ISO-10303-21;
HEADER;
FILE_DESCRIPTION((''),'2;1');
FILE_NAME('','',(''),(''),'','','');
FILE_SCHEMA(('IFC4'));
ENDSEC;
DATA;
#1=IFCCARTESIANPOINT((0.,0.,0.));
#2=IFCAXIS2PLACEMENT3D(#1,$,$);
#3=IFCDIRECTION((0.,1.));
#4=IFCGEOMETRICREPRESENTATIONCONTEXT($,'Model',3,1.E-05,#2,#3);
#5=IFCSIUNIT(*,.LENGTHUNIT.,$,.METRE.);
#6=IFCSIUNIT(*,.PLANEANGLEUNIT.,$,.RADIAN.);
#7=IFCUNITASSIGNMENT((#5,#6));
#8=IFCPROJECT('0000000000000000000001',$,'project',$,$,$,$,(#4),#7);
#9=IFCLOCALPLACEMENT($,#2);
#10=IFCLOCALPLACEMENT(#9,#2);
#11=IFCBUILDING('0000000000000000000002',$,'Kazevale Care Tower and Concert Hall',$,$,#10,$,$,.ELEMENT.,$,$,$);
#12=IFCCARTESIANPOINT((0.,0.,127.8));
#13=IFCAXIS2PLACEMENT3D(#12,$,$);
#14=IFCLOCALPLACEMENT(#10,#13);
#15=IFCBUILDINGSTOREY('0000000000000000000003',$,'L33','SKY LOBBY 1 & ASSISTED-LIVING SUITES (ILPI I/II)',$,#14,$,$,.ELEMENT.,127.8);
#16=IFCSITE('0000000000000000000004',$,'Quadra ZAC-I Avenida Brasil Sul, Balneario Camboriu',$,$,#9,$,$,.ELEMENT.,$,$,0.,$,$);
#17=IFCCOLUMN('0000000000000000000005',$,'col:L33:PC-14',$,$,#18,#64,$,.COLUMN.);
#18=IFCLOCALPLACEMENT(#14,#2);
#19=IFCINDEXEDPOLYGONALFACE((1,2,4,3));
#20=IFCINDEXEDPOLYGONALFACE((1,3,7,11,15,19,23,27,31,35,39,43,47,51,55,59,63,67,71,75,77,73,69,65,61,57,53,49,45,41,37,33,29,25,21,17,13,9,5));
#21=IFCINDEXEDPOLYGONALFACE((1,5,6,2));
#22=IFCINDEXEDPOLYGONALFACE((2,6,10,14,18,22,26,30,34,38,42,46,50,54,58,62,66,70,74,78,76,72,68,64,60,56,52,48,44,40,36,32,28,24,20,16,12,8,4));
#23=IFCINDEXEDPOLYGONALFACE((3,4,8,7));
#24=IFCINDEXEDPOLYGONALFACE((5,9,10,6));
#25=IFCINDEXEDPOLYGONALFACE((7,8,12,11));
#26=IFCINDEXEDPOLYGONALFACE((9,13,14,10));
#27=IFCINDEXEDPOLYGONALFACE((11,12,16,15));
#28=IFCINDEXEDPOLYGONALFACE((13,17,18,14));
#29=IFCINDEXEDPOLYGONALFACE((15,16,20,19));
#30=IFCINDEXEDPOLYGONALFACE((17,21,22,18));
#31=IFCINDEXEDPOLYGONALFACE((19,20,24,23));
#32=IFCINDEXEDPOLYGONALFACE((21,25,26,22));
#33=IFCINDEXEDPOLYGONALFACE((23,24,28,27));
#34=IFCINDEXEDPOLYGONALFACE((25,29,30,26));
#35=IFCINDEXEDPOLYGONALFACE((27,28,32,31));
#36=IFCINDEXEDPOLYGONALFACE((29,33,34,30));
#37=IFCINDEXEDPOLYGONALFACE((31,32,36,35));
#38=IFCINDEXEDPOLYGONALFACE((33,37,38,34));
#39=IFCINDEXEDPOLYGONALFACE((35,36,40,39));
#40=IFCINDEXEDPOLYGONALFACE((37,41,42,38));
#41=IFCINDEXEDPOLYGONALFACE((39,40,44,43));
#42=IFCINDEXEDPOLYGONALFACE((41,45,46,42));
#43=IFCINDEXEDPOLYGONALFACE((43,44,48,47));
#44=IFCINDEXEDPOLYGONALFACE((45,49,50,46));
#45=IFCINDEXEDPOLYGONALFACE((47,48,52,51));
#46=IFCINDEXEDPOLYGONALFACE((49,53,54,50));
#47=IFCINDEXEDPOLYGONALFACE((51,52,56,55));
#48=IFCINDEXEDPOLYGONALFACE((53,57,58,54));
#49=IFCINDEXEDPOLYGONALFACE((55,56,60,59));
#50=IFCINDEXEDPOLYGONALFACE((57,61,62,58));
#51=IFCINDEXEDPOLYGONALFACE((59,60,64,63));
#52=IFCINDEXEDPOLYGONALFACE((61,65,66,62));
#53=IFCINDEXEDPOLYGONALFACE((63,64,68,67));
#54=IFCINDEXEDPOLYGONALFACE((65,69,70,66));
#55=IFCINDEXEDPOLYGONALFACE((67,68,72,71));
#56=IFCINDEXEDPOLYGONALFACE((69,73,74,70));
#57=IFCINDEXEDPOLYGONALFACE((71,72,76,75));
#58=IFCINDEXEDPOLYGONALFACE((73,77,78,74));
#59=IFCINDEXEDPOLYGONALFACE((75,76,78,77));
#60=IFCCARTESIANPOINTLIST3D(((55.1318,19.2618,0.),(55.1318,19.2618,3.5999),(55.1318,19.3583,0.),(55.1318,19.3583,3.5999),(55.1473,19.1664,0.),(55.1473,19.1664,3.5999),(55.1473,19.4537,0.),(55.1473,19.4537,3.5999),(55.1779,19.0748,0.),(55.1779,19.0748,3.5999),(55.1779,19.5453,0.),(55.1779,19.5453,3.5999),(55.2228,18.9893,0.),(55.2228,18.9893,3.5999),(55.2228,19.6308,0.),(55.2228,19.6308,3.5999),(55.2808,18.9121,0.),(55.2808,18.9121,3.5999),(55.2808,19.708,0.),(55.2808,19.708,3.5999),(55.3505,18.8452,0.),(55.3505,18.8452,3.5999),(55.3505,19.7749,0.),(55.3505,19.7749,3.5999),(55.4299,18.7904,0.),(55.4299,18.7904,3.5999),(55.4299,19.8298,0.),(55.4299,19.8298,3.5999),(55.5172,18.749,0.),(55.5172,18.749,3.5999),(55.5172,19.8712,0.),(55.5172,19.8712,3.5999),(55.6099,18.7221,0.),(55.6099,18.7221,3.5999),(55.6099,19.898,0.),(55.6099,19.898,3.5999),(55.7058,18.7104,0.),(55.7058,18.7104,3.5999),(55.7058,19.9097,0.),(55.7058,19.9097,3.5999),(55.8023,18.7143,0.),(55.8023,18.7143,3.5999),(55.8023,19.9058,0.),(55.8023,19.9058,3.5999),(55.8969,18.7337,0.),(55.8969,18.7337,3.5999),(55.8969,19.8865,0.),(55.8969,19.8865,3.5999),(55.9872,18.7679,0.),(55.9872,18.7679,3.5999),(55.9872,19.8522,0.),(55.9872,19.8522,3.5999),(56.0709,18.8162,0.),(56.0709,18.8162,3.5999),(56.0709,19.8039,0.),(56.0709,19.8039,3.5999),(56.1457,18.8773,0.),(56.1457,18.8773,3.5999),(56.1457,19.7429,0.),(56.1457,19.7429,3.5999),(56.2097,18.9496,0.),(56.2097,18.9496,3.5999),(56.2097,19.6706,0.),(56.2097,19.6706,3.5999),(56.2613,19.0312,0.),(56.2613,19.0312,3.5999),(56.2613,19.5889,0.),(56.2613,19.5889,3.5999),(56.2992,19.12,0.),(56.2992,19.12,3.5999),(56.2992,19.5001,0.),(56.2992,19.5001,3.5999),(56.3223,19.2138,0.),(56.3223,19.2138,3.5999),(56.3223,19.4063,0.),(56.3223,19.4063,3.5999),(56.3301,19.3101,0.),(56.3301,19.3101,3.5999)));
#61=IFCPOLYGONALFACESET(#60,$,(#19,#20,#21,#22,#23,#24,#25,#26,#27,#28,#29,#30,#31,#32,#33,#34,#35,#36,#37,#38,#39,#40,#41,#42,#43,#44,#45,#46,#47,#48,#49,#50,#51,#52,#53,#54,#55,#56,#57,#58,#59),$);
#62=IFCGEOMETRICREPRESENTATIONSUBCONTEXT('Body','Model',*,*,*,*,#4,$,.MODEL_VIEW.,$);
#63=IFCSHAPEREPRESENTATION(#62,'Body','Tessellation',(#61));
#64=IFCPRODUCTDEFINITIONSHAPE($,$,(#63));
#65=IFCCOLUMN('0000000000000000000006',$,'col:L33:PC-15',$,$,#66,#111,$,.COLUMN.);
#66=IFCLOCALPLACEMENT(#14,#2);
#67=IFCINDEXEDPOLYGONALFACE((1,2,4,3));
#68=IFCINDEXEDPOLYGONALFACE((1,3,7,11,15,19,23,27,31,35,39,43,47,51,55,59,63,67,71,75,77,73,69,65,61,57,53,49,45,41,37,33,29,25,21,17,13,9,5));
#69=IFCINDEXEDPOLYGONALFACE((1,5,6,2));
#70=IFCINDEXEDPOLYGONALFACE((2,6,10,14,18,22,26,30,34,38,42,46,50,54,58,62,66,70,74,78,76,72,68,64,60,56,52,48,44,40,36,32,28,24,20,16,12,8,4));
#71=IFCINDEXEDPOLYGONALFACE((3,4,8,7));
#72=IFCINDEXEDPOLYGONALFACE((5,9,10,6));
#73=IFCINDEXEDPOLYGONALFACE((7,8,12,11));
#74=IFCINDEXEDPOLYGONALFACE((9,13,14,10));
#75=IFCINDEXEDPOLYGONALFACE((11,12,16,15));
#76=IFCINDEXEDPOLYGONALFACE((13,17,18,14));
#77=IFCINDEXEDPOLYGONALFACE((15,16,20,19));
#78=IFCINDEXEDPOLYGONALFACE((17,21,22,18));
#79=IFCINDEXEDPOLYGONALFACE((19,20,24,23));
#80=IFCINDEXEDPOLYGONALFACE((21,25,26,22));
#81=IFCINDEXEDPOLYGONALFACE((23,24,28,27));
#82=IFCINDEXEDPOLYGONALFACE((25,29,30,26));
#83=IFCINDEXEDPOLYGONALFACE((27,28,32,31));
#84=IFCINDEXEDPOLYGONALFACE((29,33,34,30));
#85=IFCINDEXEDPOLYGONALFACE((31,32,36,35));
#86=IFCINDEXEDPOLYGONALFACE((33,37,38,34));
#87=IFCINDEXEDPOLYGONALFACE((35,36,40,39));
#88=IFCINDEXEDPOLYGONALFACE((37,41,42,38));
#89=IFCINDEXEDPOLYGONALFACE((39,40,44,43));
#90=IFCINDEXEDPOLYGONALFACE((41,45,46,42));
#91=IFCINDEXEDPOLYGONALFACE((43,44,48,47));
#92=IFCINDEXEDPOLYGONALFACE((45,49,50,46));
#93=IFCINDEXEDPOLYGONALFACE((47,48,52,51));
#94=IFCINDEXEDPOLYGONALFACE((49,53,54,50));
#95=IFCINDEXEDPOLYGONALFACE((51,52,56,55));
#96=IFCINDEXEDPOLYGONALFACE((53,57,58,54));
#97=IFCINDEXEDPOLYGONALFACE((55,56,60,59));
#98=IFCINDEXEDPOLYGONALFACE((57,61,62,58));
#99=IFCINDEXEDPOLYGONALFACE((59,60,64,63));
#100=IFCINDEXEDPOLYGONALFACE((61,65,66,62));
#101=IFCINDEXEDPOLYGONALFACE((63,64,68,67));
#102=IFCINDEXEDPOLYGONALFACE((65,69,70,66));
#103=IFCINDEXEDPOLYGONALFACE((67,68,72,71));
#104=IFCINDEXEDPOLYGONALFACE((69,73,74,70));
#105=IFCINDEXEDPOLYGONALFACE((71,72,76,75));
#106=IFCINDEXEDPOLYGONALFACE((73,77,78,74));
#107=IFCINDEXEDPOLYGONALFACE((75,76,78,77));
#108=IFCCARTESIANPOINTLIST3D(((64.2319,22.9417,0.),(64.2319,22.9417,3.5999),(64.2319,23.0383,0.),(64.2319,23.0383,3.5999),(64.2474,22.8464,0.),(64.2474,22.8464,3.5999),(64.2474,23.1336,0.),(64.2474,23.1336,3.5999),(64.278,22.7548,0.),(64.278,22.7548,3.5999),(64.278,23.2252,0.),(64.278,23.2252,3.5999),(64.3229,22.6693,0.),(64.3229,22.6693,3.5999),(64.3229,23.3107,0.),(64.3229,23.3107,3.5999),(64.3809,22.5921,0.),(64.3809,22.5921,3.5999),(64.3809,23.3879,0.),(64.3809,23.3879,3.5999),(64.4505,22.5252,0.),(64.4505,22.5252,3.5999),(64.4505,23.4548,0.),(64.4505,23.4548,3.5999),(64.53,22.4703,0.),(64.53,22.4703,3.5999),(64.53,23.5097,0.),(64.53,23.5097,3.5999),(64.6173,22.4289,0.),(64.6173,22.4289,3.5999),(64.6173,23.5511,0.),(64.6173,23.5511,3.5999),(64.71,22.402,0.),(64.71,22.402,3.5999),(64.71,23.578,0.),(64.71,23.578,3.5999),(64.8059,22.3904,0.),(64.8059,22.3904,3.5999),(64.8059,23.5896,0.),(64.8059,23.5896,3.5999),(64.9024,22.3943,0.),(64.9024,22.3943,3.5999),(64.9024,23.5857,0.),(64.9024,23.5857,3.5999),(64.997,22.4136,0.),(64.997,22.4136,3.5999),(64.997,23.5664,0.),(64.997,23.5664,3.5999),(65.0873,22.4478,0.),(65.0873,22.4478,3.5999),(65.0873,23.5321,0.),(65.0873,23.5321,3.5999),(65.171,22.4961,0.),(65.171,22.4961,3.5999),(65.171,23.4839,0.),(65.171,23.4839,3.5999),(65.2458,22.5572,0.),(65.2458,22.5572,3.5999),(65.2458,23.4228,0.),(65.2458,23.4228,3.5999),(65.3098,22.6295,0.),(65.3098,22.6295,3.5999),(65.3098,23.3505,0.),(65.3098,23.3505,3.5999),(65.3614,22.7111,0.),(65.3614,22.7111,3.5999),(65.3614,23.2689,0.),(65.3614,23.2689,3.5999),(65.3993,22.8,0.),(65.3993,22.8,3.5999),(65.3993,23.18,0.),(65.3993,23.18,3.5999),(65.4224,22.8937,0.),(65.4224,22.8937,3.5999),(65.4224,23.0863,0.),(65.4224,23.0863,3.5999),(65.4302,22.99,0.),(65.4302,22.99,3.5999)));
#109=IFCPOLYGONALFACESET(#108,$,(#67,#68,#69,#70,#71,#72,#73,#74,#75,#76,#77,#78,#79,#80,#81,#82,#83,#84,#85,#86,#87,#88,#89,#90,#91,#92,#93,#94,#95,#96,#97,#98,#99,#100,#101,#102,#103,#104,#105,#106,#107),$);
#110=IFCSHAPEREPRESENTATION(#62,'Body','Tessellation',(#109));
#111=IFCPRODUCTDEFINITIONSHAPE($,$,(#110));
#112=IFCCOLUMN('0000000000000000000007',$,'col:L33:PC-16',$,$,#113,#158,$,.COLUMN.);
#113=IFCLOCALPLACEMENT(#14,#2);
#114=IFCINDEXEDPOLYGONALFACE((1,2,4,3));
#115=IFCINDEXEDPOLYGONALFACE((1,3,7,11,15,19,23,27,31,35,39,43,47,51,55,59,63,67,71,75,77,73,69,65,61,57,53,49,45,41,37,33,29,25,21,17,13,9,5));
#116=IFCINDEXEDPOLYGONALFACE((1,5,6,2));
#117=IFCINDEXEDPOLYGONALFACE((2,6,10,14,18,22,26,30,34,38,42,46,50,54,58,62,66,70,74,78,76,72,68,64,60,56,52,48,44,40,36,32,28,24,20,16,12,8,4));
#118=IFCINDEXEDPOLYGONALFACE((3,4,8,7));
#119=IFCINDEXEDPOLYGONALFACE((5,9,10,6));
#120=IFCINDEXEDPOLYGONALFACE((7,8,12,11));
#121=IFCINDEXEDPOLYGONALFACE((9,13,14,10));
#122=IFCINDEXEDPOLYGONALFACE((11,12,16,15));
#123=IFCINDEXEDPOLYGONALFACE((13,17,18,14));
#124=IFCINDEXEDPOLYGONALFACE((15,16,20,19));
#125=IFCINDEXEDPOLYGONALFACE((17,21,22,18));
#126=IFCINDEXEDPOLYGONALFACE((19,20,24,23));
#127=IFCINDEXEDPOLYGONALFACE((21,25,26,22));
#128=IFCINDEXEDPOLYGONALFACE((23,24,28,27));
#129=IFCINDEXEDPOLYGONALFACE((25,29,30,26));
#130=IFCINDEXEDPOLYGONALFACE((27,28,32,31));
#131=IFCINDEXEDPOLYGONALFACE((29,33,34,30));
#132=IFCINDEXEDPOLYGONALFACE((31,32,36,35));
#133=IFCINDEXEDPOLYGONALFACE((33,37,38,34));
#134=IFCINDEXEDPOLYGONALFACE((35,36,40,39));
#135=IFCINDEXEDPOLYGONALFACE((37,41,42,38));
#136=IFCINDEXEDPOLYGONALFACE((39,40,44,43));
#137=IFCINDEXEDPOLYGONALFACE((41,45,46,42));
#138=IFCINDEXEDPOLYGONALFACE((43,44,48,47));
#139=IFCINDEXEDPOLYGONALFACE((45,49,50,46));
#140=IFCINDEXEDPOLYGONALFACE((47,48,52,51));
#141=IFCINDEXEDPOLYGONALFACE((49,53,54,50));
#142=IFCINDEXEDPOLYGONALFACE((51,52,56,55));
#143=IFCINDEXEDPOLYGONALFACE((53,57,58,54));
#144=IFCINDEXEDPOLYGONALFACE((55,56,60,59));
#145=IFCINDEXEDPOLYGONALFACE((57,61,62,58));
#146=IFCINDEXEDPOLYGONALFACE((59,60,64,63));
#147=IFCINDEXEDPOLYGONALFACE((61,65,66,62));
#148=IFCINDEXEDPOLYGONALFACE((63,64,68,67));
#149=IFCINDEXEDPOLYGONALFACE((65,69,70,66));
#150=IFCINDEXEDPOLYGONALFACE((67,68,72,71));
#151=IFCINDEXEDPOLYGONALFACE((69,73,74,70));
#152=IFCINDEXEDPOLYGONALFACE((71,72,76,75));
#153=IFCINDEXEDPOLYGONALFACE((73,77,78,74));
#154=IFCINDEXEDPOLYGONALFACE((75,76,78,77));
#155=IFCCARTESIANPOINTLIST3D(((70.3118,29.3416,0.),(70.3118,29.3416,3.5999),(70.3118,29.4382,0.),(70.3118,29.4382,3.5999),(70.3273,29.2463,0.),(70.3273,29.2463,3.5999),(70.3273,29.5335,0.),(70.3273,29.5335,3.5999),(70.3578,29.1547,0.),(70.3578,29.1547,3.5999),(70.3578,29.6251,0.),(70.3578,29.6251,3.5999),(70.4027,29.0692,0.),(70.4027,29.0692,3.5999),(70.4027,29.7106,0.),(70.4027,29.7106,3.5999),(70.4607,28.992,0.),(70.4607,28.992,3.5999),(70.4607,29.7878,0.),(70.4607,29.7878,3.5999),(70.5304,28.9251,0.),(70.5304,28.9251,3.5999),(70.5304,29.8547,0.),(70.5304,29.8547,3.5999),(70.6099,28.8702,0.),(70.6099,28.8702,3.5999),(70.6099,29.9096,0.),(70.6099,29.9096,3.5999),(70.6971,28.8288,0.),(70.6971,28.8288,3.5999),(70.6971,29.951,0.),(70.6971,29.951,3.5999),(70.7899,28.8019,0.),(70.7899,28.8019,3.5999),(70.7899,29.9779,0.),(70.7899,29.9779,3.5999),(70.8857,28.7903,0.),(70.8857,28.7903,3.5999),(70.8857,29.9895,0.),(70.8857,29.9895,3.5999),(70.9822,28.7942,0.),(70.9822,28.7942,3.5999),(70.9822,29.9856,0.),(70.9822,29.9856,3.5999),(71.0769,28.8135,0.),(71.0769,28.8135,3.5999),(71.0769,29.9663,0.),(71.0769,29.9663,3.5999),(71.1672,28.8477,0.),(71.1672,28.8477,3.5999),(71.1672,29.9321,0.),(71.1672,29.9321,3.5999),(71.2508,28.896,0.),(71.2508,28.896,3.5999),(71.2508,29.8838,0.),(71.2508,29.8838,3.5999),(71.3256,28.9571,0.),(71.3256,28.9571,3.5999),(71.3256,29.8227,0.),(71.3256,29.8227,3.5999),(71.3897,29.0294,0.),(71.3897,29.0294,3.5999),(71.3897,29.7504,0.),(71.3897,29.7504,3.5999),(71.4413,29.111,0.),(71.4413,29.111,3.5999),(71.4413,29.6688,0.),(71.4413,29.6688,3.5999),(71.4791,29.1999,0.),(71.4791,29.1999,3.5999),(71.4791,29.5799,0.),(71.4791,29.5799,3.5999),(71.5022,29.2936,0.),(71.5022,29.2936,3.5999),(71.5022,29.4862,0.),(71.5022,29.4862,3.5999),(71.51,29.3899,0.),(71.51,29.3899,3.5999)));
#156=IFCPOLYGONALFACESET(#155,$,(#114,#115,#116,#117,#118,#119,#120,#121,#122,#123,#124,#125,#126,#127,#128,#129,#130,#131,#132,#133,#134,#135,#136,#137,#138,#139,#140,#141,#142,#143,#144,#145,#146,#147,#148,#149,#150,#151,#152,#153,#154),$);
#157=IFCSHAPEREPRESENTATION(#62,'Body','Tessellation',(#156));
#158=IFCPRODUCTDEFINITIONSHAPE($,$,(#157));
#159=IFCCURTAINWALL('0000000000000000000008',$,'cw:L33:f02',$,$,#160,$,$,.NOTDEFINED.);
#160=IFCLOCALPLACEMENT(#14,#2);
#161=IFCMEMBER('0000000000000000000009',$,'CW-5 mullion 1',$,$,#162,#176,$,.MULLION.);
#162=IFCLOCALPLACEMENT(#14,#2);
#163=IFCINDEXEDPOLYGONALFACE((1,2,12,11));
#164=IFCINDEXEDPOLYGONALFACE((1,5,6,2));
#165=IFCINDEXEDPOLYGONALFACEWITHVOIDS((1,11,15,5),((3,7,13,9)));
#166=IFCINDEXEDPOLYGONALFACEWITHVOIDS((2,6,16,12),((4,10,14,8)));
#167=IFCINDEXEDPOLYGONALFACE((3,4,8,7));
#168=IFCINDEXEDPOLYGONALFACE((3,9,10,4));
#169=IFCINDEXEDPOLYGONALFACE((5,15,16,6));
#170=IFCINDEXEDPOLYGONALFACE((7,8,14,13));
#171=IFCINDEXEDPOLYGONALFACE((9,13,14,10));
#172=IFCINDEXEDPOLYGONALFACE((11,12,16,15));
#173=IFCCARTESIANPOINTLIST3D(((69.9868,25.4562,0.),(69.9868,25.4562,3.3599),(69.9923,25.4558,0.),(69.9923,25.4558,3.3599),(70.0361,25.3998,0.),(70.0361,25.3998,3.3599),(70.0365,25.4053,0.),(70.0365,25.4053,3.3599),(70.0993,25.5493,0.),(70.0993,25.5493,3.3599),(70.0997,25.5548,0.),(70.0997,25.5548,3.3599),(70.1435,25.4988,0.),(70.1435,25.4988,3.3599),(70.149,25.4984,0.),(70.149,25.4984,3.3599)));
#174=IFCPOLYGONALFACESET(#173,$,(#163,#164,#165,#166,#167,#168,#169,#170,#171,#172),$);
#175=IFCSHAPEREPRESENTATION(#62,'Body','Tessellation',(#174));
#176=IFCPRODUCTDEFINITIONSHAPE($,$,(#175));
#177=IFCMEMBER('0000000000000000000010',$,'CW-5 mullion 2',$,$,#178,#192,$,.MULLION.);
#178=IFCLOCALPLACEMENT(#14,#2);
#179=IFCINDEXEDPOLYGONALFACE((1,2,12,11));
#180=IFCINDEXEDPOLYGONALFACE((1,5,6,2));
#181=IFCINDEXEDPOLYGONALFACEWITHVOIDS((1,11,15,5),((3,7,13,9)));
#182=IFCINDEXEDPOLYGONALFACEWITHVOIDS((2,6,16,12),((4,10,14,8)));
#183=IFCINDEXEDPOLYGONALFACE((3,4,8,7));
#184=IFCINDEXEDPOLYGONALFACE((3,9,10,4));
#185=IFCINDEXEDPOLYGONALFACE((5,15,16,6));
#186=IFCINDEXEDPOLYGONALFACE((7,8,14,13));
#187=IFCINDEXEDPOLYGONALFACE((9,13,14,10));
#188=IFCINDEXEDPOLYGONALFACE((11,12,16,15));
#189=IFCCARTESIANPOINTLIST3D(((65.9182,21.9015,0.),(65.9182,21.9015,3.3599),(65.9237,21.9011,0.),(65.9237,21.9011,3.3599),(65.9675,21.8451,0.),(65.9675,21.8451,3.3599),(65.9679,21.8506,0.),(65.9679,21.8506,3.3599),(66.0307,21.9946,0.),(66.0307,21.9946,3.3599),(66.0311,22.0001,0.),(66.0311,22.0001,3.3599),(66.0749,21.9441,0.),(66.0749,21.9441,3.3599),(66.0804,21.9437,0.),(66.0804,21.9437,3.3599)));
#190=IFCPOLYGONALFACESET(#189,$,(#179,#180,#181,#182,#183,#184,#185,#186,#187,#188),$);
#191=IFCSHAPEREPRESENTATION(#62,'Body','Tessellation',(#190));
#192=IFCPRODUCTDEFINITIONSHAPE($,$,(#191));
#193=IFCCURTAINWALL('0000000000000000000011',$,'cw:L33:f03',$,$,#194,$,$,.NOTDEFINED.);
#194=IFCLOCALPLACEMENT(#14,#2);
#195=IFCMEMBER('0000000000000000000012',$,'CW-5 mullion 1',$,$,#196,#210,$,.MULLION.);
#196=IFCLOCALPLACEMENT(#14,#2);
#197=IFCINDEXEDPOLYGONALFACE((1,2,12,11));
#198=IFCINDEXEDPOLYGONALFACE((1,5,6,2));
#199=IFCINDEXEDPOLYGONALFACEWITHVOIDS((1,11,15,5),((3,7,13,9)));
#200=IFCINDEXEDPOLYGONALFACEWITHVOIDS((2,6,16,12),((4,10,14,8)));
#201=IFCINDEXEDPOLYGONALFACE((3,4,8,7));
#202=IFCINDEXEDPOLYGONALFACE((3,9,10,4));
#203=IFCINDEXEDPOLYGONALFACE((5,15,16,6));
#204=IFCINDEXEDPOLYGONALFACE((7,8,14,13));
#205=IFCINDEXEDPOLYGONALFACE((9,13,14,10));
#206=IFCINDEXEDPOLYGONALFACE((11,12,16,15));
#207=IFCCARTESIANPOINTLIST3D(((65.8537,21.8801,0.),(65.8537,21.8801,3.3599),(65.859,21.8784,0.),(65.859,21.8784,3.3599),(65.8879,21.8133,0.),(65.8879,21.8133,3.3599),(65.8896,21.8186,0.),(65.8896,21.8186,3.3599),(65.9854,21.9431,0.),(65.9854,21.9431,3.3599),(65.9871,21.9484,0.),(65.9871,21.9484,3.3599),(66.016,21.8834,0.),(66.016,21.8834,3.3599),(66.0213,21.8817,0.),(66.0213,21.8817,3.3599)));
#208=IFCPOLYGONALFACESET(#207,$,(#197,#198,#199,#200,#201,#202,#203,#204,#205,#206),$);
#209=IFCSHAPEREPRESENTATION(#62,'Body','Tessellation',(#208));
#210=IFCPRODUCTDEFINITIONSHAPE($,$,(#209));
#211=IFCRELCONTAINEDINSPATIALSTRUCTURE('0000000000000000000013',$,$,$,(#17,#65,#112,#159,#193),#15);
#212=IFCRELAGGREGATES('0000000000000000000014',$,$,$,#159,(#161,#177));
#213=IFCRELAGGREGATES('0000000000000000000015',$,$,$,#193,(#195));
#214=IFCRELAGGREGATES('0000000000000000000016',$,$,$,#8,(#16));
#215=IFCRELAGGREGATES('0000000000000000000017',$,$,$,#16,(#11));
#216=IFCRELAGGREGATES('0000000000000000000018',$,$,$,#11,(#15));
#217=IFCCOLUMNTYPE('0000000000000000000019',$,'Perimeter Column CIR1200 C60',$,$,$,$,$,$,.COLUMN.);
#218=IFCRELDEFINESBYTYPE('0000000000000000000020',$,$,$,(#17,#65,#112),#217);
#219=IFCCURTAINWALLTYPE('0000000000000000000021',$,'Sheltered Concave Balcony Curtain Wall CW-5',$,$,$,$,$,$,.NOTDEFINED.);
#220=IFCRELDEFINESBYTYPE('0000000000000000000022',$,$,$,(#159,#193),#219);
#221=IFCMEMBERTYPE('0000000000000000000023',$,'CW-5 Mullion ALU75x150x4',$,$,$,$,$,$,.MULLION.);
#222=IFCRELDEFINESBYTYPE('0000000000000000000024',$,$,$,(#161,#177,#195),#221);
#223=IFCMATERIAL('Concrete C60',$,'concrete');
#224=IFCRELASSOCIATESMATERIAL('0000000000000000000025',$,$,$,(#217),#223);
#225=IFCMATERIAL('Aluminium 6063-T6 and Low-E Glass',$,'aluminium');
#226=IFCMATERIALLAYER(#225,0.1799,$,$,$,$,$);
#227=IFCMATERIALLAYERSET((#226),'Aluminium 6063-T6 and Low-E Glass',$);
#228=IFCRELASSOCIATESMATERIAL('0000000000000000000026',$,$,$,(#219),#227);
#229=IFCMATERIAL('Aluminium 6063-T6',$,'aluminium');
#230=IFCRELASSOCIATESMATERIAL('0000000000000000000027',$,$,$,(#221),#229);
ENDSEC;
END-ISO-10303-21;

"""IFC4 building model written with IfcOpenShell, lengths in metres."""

from ifc_helpers import new_model, si_unit, direction, frame, origin, origin_2d, place, context, subcontext, project, spatial, hollow_rectangle, circle, extrude, material, layer, layer_set, material_profile, profile_set, type_object, element, aggregate, save


model = new_model("IFC4")

# Units and contexts
model_context = context("Model", 3, precision=1e-05, world=origin(), true_north=direction((0.0, 1.0)))
body_context = subcontext(model_context, "Body", "Model", "MODEL_VIEW")
ifc_project = project(units=[si_unit("LENGTHUNIT", "METRE"), si_unit("PLANEANGLEUNIT", "RADIAN")], contexts=[model_context])

# Site, building, storey
site_placement = place(None, origin())
site = spatial("IfcSite", under=ifc_project, at=site_placement, Name="Quadra ZAC-I Avenida Brasil Sul, Balneario Camboriu", CompositionType="ELEMENT", RefElevation=0.0)
building_placement = place(site_placement, origin())
building = spatial("IfcBuilding", under=site, at=building_placement, Name="Kazevale Care Tower and Concert Hall", CompositionType="ELEMENT")
storey_placement = place(building_placement, frame((0.0, 0.0, 127.8)))
storey = spatial("IfcBuildingStorey", under=building, at=storey_placement, Name="L33", Description="SKY LOBBY 1 & ASSISTED-LIVING SUITES (ILPI I/II)", CompositionType="ELEMENT", Elevation=127.8)

# Columns
ifc_material_1 = material(Name="Concrete C60", Category="concrete")
ifc_material_profile_1 = material_profile(ifc_material_1, circle(Radius=0.6001, at=origin_2d()), Name="RC-CIR1200")
ifc_profile_set_1 = profile_set([ifc_material_profile_1], Name="Concrete C60")
column_type = type_object("IfcColumnType", Name="Perimeter Column CIR1200 C60", PredefinedType="COLUMN", material=ifc_profile_set_1)
for number, where, z_axis, x_axis, name in (
    (1, (55.73, 19.3101, 0.0), (0.0, 0.0, 1.0), (1.0, 0.0, 0.0), "col:L33:PC-14"),
    (2, (64.8301, 22.99, 0.0), (0.0, 0.0, 1.0), (1.0, 0.0, 0.0), "col:L33:PC-15"),
    (3, (70.9099, 29.3899, 0.0), (0.0, 0.0, 1.0), (1.0, 0.0, 0.0), "col:L33:PC-16"),
):
    element("IfcColumn", number, at=place(storey_placement, frame(where, z_axis=z_axis, x_axis=x_axis)), inside=storey, type_object=column_type, Name=name, PredefinedType="COLUMN", context=body_context, shape_type="SweptSolid", body=[
        extrude(circle(Radius=0.6001, at=origin_2d()), origin(), (0.0, 0.0, 1.0), 3.5999),
    ])

# Curtain walls, members
ifc_material_2 = material(Name="Aluminium 6063-T6 and Low-E Glass", Category="aluminium")
ifc_layer_1 = layer(ifc_material_2, 0.1799)
ifc_layer_set_1 = layer_set([ifc_layer_1], Name="Aluminium 6063-T6 and Low-E Glass")
curtain_wall_type = type_object("IfcCurtainWallType", Name="Sheltered Concave Balcony Curtain Wall CW-5", PredefinedType="NOTDEFINED", material=ifc_layer_set_1)
curtain_wall_1_placement = place(storey_placement, origin())
curtain_wall_1 = element("IfcCurtainWall", 4, at=curtain_wall_1_placement, inside=storey, type_object=curtain_wall_type, Name="cw:L33:f02", PredefinedType="NOTDEFINED")
ifc_material_3 = material(Name="Aluminium 6063-T6", Category="aluminium")
ifc_material_profile_2 = material_profile(ifc_material_3, hollow_rectangle(XDim=0.075, YDim=0.1499, WallThickness=0.0039, at=origin_2d()), Name="ALU75x150x4")
ifc_profile_set_2 = profile_set([ifc_material_profile_2], Name="Aluminium 6063-T6")
member_type_1 = type_object("IfcMemberType", Name="CW-5 Mullion ALU75x150x4", PredefinedType="MULLION", material=ifc_profile_set_2)
member_1_placement = place(storey_placement, frame((70.0679, 25.4773, 0.0), z_axis=(0.0, 0.0, 1.0), x_axis=(0.657949, -0.753063, 0.0)))
member_1 = element("IfcMember", 5, at=member_1_placement, type_object=member_type_1, Name="CW-5 mullion 1", PredefinedType="MULLION", context=body_context, shape_type="SweptSolid", body=[
    extrude(hollow_rectangle(XDim=0.075, YDim=0.1499, WallThickness=0.0039, at=origin_2d()), origin(), (0.0, 0.0, 1.0), 3.3599),
])
member_2_placement = place(storey_placement, frame((65.9993, 21.9226, 0.0), z_axis=(0.0, 0.0, 1.0), x_axis=(0.657949, -0.753063, 0.0)))
member_2 = element("IfcMember", 6, at=member_2_placement, type_object=member_type_1, Name="CW-5 mullion 2", PredefinedType="MULLION", context=body_context, shape_type="SweptSolid", body=[
    extrude(hollow_rectangle(XDim=0.075, YDim=0.1499, WallThickness=0.0039, at=origin_2d()), origin(), (0.0, 0.0, 1.0), 3.3599),
])
curtain_wall_2_placement = place(storey_placement, origin())
curtain_wall_2 = element("IfcCurtainWall", 7, at=curtain_wall_2_placement, inside=storey, type_object=curtain_wall_type, Name="cw:L33:f03", PredefinedType="NOTDEFINED")
member_3_placement = place(storey_placement, frame((65.9375, 21.8809, 0.0), z_axis=(0.0, 0.0, 1.0), x_axis=(0.455713, -0.890127, 0.0)))
member_3 = element("IfcMember", 8, at=member_3_placement, type_object=member_type_1, Name="CW-5 mullion 1", PredefinedType="MULLION", context=body_context, shape_type="SweptSolid", body=[
    extrude(hollow_rectangle(XDim=0.075, YDim=0.1499, WallThickness=0.0039, at=origin_2d()), origin(), (0.0, 0.0, 1.0), 3.3599),
])

aggregate(curtain_wall_1, [member_1, member_2])
aggregate(curtain_wall_2, [member_3])

save(model, "model.ifc")
